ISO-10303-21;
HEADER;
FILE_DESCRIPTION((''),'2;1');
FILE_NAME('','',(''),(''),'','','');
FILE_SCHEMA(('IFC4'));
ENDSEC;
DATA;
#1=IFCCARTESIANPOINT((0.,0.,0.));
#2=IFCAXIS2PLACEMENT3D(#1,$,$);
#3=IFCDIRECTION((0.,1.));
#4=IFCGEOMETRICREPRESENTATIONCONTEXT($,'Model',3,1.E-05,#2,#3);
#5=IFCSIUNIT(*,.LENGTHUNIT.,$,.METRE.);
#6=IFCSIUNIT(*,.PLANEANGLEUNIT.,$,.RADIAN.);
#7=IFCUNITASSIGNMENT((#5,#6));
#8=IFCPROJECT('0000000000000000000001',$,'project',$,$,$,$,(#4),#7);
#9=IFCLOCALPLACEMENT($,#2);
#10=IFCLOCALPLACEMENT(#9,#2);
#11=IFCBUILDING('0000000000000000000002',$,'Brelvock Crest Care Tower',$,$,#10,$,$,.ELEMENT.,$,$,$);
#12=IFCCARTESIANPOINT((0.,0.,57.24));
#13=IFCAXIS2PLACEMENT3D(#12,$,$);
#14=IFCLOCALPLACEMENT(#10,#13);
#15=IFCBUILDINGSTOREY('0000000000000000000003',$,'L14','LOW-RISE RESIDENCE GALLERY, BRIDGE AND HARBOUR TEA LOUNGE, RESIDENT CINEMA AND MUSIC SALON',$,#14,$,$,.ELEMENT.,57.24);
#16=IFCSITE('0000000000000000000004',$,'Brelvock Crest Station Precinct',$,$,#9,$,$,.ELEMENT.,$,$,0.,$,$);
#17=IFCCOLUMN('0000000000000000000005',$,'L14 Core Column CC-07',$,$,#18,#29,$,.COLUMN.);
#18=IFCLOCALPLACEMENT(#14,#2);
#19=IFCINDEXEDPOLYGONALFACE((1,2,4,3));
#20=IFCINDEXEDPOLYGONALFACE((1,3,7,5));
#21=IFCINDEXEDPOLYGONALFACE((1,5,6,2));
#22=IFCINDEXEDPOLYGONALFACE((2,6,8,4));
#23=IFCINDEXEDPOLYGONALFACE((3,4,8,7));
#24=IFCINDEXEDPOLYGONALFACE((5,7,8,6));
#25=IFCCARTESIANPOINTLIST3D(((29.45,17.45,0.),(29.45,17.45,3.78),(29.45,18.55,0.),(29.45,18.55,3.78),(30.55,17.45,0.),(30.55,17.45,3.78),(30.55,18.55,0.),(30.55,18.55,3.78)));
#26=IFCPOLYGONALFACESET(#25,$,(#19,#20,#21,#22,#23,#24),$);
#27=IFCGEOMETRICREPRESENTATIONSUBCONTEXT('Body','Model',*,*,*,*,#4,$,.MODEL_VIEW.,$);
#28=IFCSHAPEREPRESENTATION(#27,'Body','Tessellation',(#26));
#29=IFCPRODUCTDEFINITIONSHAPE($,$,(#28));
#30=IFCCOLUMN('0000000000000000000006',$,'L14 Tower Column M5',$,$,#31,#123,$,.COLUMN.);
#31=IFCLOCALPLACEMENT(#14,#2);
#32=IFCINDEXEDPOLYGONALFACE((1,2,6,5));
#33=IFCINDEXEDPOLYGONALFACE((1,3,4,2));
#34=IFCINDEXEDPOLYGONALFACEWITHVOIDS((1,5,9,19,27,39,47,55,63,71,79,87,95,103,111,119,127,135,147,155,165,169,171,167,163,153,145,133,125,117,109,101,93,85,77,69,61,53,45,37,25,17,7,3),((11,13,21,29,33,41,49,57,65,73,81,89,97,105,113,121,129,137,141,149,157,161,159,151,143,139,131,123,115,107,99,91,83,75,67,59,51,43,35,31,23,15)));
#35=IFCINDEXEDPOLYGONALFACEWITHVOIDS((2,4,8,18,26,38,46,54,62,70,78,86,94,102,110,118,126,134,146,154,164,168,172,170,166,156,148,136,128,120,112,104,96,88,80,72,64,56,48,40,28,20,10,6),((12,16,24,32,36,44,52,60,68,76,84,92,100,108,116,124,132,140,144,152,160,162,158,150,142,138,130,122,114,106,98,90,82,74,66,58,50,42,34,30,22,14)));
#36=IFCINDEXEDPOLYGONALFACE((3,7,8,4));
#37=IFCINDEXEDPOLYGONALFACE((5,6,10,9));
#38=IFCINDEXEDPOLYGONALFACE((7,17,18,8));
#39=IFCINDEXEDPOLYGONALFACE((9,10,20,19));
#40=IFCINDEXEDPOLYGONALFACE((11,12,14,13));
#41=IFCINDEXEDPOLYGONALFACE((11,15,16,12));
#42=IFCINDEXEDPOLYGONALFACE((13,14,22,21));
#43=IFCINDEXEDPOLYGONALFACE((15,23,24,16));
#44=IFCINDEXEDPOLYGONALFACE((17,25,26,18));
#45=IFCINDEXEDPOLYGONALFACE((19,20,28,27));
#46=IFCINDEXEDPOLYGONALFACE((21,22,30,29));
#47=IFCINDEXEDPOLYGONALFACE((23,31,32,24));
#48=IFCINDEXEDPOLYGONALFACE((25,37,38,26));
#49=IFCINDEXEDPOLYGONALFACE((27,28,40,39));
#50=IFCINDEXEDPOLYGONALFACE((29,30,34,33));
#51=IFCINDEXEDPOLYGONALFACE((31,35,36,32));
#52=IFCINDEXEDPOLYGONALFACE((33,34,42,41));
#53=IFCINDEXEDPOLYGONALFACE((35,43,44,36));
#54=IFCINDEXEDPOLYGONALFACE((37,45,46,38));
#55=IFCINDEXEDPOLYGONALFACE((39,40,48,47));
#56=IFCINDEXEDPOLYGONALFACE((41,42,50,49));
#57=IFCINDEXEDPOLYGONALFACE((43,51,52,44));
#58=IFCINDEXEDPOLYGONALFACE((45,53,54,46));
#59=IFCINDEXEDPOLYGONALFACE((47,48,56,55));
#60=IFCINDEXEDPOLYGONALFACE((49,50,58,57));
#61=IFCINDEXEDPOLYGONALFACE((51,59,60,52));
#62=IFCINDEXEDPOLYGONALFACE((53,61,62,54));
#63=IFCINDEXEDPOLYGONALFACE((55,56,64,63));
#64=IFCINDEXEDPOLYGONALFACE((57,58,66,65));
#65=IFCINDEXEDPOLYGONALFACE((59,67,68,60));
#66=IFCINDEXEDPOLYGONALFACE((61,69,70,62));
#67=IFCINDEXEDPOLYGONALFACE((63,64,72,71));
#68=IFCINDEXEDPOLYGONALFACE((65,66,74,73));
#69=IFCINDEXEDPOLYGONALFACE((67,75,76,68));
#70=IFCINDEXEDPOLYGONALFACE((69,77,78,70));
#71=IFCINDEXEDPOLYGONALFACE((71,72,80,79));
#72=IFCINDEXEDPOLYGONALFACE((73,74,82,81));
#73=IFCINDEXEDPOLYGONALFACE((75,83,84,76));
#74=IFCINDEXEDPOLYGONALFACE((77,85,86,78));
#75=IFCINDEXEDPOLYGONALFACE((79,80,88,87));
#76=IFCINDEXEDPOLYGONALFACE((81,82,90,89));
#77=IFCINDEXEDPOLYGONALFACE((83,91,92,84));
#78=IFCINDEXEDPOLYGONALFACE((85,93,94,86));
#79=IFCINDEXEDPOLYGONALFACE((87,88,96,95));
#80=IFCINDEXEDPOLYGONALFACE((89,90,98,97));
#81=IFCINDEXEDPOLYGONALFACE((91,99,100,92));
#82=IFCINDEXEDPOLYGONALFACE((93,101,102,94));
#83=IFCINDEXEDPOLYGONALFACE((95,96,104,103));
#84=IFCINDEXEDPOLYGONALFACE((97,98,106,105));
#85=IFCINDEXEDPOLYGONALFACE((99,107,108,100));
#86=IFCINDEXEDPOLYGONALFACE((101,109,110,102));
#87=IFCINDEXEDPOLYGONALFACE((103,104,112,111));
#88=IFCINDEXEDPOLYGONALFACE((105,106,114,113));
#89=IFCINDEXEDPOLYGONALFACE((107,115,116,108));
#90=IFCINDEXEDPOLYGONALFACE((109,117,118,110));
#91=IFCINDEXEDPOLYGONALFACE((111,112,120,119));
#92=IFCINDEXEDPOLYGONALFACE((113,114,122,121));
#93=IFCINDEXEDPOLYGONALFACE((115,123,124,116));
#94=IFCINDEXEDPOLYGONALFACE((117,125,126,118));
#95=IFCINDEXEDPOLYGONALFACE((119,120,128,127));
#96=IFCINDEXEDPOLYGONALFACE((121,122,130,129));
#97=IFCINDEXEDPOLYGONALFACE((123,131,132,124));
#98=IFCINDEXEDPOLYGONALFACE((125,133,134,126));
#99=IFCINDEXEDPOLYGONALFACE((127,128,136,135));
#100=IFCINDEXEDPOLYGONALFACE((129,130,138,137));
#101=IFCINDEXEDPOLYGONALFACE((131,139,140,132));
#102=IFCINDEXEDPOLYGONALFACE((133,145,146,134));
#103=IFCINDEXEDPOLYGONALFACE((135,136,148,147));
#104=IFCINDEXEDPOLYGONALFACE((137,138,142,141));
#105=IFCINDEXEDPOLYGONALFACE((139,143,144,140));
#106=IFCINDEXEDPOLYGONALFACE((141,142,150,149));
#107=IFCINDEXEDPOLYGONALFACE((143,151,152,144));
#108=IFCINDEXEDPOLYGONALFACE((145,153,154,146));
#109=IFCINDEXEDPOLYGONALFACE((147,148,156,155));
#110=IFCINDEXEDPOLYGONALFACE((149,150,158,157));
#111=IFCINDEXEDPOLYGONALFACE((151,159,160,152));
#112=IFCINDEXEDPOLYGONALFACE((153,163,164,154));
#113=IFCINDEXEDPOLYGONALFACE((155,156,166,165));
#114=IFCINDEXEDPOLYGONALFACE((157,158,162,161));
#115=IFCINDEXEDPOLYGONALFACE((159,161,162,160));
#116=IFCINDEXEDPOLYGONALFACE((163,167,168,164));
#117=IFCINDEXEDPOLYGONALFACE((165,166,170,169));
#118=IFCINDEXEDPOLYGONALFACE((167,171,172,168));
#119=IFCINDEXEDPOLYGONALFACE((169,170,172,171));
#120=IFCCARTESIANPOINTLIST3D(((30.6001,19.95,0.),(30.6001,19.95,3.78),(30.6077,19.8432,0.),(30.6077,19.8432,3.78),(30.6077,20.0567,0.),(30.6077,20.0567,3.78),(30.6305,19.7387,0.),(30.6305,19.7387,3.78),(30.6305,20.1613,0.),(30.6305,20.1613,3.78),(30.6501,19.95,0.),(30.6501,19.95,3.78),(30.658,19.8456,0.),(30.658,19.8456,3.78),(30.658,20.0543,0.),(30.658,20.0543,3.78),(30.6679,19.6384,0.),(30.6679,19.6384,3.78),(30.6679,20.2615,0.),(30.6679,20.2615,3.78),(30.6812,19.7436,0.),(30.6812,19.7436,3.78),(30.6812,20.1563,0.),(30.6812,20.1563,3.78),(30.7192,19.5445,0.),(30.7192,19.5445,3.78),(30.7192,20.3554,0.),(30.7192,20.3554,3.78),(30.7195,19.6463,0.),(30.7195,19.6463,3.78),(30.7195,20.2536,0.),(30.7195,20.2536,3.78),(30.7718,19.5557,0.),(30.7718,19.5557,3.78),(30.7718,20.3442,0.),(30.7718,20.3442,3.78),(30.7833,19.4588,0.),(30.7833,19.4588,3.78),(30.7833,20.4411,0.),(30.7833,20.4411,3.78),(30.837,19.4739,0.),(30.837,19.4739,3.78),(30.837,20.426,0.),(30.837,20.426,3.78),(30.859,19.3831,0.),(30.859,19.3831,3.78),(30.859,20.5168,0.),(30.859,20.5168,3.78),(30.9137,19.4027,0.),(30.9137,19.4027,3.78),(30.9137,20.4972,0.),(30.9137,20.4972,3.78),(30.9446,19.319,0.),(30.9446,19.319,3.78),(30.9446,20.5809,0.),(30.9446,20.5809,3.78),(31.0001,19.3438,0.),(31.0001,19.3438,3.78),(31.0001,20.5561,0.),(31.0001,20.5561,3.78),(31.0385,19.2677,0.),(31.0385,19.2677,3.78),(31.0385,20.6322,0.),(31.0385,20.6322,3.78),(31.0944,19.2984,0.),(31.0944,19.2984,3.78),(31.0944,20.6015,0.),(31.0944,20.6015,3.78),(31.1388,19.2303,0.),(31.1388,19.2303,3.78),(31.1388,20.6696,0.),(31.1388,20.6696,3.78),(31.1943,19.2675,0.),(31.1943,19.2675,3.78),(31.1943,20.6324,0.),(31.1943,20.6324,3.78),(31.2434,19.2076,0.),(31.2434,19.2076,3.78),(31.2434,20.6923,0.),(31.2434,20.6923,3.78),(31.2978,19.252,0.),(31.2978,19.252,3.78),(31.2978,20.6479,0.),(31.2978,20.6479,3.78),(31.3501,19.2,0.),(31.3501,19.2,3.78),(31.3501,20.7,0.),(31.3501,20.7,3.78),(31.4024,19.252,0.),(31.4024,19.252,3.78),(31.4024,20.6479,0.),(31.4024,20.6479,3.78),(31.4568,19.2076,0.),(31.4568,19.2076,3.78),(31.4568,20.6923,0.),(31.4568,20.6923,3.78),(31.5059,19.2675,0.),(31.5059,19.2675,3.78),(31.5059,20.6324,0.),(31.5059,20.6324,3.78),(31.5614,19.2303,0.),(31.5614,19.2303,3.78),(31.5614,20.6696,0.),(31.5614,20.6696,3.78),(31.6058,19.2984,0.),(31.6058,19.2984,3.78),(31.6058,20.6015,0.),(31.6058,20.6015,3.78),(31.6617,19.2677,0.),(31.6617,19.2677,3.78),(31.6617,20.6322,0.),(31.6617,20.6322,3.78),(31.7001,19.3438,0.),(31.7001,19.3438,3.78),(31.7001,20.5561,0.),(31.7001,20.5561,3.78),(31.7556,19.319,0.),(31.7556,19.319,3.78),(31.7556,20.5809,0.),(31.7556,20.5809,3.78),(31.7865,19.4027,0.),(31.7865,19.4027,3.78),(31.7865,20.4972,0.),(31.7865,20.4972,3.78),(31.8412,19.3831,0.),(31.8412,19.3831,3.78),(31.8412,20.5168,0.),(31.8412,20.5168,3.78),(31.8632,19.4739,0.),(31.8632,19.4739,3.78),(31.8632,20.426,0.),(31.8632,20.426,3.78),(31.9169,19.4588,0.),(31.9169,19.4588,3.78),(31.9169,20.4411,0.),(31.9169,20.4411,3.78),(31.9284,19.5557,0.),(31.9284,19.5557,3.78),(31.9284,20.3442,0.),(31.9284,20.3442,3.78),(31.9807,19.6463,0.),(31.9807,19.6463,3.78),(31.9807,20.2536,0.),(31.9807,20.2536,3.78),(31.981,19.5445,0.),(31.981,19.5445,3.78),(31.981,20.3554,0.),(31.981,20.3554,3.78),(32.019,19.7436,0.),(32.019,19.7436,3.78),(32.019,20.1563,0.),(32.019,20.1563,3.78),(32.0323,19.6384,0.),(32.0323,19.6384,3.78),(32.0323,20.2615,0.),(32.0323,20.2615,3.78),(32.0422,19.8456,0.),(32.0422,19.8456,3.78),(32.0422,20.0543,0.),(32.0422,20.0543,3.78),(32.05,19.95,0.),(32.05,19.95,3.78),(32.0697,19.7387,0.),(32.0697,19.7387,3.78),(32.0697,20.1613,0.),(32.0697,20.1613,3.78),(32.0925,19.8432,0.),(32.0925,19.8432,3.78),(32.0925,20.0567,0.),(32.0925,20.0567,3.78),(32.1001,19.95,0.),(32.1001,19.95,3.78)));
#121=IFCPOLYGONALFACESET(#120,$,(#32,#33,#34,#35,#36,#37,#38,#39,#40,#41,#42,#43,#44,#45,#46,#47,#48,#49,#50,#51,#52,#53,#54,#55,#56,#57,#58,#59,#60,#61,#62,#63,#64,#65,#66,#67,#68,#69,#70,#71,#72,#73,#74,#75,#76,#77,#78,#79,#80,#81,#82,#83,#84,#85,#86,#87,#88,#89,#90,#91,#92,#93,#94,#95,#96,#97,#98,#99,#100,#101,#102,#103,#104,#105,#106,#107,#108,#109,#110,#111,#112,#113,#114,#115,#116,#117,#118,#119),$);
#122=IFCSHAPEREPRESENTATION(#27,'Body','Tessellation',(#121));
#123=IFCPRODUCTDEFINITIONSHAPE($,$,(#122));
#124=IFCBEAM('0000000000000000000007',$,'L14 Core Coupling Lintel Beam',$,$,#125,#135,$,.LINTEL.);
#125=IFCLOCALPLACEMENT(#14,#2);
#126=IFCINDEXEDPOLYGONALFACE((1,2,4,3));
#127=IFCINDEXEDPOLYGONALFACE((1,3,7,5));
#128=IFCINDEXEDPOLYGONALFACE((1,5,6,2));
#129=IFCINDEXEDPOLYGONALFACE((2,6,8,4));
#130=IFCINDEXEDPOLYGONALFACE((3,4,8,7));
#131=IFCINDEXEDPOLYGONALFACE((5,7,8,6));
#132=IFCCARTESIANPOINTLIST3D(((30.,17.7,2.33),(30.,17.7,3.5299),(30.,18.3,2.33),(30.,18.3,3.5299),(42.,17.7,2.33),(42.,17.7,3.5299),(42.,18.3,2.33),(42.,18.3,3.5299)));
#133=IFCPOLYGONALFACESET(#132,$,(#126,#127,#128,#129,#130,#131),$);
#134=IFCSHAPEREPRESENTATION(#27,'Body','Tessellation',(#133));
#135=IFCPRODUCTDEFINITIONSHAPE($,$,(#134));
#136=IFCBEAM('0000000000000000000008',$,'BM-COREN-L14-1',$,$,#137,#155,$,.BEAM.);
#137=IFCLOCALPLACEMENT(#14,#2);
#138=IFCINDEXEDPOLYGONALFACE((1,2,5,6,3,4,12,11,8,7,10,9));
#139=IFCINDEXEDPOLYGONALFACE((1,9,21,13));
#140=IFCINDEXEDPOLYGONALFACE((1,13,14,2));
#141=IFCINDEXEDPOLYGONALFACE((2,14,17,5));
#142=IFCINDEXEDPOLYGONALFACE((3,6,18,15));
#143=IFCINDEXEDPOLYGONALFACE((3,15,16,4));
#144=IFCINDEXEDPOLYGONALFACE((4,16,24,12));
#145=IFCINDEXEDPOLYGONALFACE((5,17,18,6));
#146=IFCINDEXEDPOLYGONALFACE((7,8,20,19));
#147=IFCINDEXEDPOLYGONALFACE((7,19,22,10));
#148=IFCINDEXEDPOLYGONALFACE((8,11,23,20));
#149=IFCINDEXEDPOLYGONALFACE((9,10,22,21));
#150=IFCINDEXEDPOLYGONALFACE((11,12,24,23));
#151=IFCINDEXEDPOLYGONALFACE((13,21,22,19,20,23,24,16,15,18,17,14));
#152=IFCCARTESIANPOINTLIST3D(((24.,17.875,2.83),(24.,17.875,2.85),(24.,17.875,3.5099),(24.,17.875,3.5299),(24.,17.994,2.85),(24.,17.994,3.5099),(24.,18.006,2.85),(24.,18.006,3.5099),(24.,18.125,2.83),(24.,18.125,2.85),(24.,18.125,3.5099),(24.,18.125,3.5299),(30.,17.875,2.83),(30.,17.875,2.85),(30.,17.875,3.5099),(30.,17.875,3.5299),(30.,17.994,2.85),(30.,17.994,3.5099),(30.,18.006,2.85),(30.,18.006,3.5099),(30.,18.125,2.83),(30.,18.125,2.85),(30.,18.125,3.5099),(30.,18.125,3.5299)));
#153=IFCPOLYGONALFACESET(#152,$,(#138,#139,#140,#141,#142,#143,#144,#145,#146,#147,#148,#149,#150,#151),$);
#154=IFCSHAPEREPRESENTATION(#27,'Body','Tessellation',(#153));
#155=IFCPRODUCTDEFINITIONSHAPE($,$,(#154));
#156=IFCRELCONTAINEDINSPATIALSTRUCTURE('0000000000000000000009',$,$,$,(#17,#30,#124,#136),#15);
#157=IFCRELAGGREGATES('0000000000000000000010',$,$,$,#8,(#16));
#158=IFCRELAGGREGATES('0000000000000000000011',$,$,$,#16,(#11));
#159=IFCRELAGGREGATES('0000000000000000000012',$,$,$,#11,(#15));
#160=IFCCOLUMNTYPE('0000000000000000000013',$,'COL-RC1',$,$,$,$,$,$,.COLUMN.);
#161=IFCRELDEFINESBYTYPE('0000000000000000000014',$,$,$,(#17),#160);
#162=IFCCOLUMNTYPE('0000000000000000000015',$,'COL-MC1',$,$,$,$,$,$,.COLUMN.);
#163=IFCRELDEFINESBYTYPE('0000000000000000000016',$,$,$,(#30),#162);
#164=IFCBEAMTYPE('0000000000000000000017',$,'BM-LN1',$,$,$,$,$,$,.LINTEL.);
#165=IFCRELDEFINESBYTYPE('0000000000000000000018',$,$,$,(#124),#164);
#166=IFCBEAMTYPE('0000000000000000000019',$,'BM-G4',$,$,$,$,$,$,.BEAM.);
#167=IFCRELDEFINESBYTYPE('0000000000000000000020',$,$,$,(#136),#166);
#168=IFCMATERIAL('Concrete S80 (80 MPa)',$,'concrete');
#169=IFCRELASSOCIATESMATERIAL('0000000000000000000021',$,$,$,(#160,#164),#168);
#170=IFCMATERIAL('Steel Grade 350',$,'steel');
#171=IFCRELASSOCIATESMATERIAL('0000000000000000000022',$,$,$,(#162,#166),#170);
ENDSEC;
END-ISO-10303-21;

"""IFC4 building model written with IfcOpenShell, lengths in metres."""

from ifc_helpers import new_model, si_unit, direction, frame, origin, origin_2d, place, context, subcontext, project, spatial, rectangle, hollow_circle, i_section, extrude, source, transform, mapped, material, material_profile, profile_set, type_object, element, save


model = new_model("IFC4")

# Units and contexts
model_context = context("Model", 3, precision=1e-05, world=origin(), true_north=direction((0.0, 1.0)))
body_context = subcontext(model_context, "Body", "Model", "MODEL_VIEW")
ifc_project = project(units=[si_unit("LENGTHUNIT", "METRE"), si_unit("PLANEANGLEUNIT", "RADIAN")], contexts=[model_context])

# Site, building, storey
site_placement = place(None, origin())
site = spatial("IfcSite", under=ifc_project, at=site_placement, Name="Brelvock Crest Station Precinct", CompositionType="ELEMENT", RefElevation=0.0)
building_placement = place(site_placement, origin())
building = spatial("IfcBuilding", under=site, at=building_placement, Name="Brelvock Crest Care Tower", CompositionType="ELEMENT")
storey_placement = place(building_placement, frame((0.0, 0.0, 57.24)))
storey = spatial("IfcBuildingStorey", under=building, at=storey_placement, Name="L14", Description="LOW-RISE RESIDENCE GALLERY, BRIDGE AND HARBOUR TEA LOUNGE, RESIDENT CINEMA AND MUSIC SALON", CompositionType="ELEMENT", Elevation=57.24)

# Columns
ifc_material_1 = material(Name="Concrete S80 (80 MPa)", Category="concrete")
ifc_material_profile_1 = material_profile(ifc_material_1, rectangle(XDim=1.1001, YDim=1.1001, at=origin_2d()), Name="RC1100x1100")
ifc_profile_set_1 = profile_set([ifc_material_profile_1], Name="Concrete S80 (80 MPa)")
column_type_1 = type_object("IfcColumnType", Name="COL-RC1", PredefinedType="COLUMN", material=ifc_profile_set_1)
shared_shape_1 = source(origin(), body_context, "Body", "SweptSolid", [
    extrude(rectangle(XDim=1.1001, YDim=1.1001, at=origin_2d()), origin(), (0.0, 0.0, 1.0), 3.78),
])
column_1_placement = place(storey_placement, frame((30.0, 18.0, 0.0), z_axis=(0.0, 0.0, 1.0), x_axis=(1.0, 0.0, 0.0)))
element("IfcColumn", 1, at=column_1_placement, inside=storey, type_object=column_type_1, Name="L14 Core Column CC-07", PredefinedType="COLUMN", context=body_context, shape_type="MappedRepresentation", body=[
    mapped(shared_shape_1, transform((0.0, 0.0, 0.0), x_axis=(1.0, 0.0, 0.0), y_axis=(0.0, 1.0, 0.0), z_axis=(0.0, 0.0, 1.0), scale=1.0)),
])
ifc_material_2 = material(Name="Steel Grade 350", Category="steel")
ifc_material_profile_2 = material_profile(ifc_material_2, hollow_circle(Radius=0.75, WallThickness=0.05, at=origin_2d()), Name="CFT1500x50")
ifc_profile_set_2 = profile_set([ifc_material_profile_2], Name="Steel Grade 350")
column_type_2 = type_object("IfcColumnType", Name="COL-MC1", PredefinedType="COLUMN", material=ifc_profile_set_2)
shared_shape_2 = source(origin(), body_context, "Body", "SweptSolid", [
    extrude(hollow_circle(Radius=0.75, WallThickness=0.05, at=origin_2d()), origin(), (0.0, 0.0, 1.0), 3.78),
])
column_2_placement = place(storey_placement, frame((31.3501, 19.95, 0.0), z_axis=(0.0, 0.0, 1.0), x_axis=(1.0, 0.0, 0.0)))
element("IfcColumn", 2, at=column_2_placement, inside=storey, type_object=column_type_2, Name="L14 Tower Column M5", PredefinedType="COLUMN", context=body_context, shape_type="MappedRepresentation", body=[
    mapped(shared_shape_2, transform((0.0, 0.0, 0.0), x_axis=(1.0, 0.0, 0.0), y_axis=(0.0, 1.0, 0.0), z_axis=(0.0, 0.0, 1.0), scale=1.0)),
])

# Beams
ifc_material_profile_3 = material_profile(ifc_material_1, rectangle(XDim=0.6001, YDim=1.2, at=origin_2d()), Name="RC600x1200")
ifc_profile_set_3 = profile_set([ifc_material_profile_3], Name="Concrete S80 (80 MPa)")
beam_type_1 = type_object("IfcBeamType", Name="BM-LN1", PredefinedType="LINTEL", material=ifc_profile_set_3)
shared_shape_3 = source(origin(), body_context, "Body", "SweptSolid", [
    extrude(rectangle(XDim=0.6001, YDim=1.2, at=origin_2d()), origin(), (0.0, 0.0, 1.0), 12.0),
])
beam_1_placement = place(storey_placement, frame((30.0, 18.0, 2.9299), z_axis=(1.0, 0.0, 0.0), x_axis=(0.0, 1.0, 0.0)))
element("IfcBeam", 3, at=beam_1_placement, inside=storey, type_object=beam_type_1, Name="L14 Core Coupling Lintel Beam", PredefinedType="LINTEL", context=body_context, shape_type="MappedRepresentation", body=[
    mapped(shared_shape_3, transform((0.0, 0.0, 0.0), x_axis=(1.0, 0.0, 0.0), y_axis=(0.0, 1.0, 0.0), z_axis=(0.0, 0.0, 1.0), scale=1.0)),
])
ifc_material_profile_4 = material_profile(ifc_material_2, i_section(OverallWidth=0.25, OverallDepth=0.7, WebThickness=0.012, FlangeThickness=0.02, at=origin_2d()), Name="700WB150")
ifc_profile_set_4 = profile_set([ifc_material_profile_4], Name="Steel Grade 350")
beam_type_2 = type_object("IfcBeamType", Name="BM-G4", PredefinedType="BEAM", material=ifc_profile_set_4)
shared_shape_4 = source(origin(), body_context, "Body", "SweptSolid", [
    extrude(i_section(OverallWidth=0.25, OverallDepth=0.7, WebThickness=0.012, FlangeThickness=0.02, at=origin_2d()), origin(), (0.0, 0.0, 1.0), 6.0),
])
beam_2_placement = place(storey_placement, frame((24.0, 18.0, 3.1799), z_axis=(1.0, 0.0, 0.0), x_axis=(0.0, 1.0, 0.0)))
element("IfcBeam", 4, at=beam_2_placement, inside=storey, type_object=beam_type_2, Name="BM-COREN-L14-1", PredefinedType="BEAM", context=body_context, shape_type="MappedRepresentation", body=[
    mapped(shared_shape_4, transform((0.0, 0.0, 0.0), x_axis=(1.0, 0.0, 0.0), y_axis=(0.0, 1.0, 0.0), z_axis=(0.0, 0.0, 1.0), scale=1.0)),
])

save(model, "model.ifc")
